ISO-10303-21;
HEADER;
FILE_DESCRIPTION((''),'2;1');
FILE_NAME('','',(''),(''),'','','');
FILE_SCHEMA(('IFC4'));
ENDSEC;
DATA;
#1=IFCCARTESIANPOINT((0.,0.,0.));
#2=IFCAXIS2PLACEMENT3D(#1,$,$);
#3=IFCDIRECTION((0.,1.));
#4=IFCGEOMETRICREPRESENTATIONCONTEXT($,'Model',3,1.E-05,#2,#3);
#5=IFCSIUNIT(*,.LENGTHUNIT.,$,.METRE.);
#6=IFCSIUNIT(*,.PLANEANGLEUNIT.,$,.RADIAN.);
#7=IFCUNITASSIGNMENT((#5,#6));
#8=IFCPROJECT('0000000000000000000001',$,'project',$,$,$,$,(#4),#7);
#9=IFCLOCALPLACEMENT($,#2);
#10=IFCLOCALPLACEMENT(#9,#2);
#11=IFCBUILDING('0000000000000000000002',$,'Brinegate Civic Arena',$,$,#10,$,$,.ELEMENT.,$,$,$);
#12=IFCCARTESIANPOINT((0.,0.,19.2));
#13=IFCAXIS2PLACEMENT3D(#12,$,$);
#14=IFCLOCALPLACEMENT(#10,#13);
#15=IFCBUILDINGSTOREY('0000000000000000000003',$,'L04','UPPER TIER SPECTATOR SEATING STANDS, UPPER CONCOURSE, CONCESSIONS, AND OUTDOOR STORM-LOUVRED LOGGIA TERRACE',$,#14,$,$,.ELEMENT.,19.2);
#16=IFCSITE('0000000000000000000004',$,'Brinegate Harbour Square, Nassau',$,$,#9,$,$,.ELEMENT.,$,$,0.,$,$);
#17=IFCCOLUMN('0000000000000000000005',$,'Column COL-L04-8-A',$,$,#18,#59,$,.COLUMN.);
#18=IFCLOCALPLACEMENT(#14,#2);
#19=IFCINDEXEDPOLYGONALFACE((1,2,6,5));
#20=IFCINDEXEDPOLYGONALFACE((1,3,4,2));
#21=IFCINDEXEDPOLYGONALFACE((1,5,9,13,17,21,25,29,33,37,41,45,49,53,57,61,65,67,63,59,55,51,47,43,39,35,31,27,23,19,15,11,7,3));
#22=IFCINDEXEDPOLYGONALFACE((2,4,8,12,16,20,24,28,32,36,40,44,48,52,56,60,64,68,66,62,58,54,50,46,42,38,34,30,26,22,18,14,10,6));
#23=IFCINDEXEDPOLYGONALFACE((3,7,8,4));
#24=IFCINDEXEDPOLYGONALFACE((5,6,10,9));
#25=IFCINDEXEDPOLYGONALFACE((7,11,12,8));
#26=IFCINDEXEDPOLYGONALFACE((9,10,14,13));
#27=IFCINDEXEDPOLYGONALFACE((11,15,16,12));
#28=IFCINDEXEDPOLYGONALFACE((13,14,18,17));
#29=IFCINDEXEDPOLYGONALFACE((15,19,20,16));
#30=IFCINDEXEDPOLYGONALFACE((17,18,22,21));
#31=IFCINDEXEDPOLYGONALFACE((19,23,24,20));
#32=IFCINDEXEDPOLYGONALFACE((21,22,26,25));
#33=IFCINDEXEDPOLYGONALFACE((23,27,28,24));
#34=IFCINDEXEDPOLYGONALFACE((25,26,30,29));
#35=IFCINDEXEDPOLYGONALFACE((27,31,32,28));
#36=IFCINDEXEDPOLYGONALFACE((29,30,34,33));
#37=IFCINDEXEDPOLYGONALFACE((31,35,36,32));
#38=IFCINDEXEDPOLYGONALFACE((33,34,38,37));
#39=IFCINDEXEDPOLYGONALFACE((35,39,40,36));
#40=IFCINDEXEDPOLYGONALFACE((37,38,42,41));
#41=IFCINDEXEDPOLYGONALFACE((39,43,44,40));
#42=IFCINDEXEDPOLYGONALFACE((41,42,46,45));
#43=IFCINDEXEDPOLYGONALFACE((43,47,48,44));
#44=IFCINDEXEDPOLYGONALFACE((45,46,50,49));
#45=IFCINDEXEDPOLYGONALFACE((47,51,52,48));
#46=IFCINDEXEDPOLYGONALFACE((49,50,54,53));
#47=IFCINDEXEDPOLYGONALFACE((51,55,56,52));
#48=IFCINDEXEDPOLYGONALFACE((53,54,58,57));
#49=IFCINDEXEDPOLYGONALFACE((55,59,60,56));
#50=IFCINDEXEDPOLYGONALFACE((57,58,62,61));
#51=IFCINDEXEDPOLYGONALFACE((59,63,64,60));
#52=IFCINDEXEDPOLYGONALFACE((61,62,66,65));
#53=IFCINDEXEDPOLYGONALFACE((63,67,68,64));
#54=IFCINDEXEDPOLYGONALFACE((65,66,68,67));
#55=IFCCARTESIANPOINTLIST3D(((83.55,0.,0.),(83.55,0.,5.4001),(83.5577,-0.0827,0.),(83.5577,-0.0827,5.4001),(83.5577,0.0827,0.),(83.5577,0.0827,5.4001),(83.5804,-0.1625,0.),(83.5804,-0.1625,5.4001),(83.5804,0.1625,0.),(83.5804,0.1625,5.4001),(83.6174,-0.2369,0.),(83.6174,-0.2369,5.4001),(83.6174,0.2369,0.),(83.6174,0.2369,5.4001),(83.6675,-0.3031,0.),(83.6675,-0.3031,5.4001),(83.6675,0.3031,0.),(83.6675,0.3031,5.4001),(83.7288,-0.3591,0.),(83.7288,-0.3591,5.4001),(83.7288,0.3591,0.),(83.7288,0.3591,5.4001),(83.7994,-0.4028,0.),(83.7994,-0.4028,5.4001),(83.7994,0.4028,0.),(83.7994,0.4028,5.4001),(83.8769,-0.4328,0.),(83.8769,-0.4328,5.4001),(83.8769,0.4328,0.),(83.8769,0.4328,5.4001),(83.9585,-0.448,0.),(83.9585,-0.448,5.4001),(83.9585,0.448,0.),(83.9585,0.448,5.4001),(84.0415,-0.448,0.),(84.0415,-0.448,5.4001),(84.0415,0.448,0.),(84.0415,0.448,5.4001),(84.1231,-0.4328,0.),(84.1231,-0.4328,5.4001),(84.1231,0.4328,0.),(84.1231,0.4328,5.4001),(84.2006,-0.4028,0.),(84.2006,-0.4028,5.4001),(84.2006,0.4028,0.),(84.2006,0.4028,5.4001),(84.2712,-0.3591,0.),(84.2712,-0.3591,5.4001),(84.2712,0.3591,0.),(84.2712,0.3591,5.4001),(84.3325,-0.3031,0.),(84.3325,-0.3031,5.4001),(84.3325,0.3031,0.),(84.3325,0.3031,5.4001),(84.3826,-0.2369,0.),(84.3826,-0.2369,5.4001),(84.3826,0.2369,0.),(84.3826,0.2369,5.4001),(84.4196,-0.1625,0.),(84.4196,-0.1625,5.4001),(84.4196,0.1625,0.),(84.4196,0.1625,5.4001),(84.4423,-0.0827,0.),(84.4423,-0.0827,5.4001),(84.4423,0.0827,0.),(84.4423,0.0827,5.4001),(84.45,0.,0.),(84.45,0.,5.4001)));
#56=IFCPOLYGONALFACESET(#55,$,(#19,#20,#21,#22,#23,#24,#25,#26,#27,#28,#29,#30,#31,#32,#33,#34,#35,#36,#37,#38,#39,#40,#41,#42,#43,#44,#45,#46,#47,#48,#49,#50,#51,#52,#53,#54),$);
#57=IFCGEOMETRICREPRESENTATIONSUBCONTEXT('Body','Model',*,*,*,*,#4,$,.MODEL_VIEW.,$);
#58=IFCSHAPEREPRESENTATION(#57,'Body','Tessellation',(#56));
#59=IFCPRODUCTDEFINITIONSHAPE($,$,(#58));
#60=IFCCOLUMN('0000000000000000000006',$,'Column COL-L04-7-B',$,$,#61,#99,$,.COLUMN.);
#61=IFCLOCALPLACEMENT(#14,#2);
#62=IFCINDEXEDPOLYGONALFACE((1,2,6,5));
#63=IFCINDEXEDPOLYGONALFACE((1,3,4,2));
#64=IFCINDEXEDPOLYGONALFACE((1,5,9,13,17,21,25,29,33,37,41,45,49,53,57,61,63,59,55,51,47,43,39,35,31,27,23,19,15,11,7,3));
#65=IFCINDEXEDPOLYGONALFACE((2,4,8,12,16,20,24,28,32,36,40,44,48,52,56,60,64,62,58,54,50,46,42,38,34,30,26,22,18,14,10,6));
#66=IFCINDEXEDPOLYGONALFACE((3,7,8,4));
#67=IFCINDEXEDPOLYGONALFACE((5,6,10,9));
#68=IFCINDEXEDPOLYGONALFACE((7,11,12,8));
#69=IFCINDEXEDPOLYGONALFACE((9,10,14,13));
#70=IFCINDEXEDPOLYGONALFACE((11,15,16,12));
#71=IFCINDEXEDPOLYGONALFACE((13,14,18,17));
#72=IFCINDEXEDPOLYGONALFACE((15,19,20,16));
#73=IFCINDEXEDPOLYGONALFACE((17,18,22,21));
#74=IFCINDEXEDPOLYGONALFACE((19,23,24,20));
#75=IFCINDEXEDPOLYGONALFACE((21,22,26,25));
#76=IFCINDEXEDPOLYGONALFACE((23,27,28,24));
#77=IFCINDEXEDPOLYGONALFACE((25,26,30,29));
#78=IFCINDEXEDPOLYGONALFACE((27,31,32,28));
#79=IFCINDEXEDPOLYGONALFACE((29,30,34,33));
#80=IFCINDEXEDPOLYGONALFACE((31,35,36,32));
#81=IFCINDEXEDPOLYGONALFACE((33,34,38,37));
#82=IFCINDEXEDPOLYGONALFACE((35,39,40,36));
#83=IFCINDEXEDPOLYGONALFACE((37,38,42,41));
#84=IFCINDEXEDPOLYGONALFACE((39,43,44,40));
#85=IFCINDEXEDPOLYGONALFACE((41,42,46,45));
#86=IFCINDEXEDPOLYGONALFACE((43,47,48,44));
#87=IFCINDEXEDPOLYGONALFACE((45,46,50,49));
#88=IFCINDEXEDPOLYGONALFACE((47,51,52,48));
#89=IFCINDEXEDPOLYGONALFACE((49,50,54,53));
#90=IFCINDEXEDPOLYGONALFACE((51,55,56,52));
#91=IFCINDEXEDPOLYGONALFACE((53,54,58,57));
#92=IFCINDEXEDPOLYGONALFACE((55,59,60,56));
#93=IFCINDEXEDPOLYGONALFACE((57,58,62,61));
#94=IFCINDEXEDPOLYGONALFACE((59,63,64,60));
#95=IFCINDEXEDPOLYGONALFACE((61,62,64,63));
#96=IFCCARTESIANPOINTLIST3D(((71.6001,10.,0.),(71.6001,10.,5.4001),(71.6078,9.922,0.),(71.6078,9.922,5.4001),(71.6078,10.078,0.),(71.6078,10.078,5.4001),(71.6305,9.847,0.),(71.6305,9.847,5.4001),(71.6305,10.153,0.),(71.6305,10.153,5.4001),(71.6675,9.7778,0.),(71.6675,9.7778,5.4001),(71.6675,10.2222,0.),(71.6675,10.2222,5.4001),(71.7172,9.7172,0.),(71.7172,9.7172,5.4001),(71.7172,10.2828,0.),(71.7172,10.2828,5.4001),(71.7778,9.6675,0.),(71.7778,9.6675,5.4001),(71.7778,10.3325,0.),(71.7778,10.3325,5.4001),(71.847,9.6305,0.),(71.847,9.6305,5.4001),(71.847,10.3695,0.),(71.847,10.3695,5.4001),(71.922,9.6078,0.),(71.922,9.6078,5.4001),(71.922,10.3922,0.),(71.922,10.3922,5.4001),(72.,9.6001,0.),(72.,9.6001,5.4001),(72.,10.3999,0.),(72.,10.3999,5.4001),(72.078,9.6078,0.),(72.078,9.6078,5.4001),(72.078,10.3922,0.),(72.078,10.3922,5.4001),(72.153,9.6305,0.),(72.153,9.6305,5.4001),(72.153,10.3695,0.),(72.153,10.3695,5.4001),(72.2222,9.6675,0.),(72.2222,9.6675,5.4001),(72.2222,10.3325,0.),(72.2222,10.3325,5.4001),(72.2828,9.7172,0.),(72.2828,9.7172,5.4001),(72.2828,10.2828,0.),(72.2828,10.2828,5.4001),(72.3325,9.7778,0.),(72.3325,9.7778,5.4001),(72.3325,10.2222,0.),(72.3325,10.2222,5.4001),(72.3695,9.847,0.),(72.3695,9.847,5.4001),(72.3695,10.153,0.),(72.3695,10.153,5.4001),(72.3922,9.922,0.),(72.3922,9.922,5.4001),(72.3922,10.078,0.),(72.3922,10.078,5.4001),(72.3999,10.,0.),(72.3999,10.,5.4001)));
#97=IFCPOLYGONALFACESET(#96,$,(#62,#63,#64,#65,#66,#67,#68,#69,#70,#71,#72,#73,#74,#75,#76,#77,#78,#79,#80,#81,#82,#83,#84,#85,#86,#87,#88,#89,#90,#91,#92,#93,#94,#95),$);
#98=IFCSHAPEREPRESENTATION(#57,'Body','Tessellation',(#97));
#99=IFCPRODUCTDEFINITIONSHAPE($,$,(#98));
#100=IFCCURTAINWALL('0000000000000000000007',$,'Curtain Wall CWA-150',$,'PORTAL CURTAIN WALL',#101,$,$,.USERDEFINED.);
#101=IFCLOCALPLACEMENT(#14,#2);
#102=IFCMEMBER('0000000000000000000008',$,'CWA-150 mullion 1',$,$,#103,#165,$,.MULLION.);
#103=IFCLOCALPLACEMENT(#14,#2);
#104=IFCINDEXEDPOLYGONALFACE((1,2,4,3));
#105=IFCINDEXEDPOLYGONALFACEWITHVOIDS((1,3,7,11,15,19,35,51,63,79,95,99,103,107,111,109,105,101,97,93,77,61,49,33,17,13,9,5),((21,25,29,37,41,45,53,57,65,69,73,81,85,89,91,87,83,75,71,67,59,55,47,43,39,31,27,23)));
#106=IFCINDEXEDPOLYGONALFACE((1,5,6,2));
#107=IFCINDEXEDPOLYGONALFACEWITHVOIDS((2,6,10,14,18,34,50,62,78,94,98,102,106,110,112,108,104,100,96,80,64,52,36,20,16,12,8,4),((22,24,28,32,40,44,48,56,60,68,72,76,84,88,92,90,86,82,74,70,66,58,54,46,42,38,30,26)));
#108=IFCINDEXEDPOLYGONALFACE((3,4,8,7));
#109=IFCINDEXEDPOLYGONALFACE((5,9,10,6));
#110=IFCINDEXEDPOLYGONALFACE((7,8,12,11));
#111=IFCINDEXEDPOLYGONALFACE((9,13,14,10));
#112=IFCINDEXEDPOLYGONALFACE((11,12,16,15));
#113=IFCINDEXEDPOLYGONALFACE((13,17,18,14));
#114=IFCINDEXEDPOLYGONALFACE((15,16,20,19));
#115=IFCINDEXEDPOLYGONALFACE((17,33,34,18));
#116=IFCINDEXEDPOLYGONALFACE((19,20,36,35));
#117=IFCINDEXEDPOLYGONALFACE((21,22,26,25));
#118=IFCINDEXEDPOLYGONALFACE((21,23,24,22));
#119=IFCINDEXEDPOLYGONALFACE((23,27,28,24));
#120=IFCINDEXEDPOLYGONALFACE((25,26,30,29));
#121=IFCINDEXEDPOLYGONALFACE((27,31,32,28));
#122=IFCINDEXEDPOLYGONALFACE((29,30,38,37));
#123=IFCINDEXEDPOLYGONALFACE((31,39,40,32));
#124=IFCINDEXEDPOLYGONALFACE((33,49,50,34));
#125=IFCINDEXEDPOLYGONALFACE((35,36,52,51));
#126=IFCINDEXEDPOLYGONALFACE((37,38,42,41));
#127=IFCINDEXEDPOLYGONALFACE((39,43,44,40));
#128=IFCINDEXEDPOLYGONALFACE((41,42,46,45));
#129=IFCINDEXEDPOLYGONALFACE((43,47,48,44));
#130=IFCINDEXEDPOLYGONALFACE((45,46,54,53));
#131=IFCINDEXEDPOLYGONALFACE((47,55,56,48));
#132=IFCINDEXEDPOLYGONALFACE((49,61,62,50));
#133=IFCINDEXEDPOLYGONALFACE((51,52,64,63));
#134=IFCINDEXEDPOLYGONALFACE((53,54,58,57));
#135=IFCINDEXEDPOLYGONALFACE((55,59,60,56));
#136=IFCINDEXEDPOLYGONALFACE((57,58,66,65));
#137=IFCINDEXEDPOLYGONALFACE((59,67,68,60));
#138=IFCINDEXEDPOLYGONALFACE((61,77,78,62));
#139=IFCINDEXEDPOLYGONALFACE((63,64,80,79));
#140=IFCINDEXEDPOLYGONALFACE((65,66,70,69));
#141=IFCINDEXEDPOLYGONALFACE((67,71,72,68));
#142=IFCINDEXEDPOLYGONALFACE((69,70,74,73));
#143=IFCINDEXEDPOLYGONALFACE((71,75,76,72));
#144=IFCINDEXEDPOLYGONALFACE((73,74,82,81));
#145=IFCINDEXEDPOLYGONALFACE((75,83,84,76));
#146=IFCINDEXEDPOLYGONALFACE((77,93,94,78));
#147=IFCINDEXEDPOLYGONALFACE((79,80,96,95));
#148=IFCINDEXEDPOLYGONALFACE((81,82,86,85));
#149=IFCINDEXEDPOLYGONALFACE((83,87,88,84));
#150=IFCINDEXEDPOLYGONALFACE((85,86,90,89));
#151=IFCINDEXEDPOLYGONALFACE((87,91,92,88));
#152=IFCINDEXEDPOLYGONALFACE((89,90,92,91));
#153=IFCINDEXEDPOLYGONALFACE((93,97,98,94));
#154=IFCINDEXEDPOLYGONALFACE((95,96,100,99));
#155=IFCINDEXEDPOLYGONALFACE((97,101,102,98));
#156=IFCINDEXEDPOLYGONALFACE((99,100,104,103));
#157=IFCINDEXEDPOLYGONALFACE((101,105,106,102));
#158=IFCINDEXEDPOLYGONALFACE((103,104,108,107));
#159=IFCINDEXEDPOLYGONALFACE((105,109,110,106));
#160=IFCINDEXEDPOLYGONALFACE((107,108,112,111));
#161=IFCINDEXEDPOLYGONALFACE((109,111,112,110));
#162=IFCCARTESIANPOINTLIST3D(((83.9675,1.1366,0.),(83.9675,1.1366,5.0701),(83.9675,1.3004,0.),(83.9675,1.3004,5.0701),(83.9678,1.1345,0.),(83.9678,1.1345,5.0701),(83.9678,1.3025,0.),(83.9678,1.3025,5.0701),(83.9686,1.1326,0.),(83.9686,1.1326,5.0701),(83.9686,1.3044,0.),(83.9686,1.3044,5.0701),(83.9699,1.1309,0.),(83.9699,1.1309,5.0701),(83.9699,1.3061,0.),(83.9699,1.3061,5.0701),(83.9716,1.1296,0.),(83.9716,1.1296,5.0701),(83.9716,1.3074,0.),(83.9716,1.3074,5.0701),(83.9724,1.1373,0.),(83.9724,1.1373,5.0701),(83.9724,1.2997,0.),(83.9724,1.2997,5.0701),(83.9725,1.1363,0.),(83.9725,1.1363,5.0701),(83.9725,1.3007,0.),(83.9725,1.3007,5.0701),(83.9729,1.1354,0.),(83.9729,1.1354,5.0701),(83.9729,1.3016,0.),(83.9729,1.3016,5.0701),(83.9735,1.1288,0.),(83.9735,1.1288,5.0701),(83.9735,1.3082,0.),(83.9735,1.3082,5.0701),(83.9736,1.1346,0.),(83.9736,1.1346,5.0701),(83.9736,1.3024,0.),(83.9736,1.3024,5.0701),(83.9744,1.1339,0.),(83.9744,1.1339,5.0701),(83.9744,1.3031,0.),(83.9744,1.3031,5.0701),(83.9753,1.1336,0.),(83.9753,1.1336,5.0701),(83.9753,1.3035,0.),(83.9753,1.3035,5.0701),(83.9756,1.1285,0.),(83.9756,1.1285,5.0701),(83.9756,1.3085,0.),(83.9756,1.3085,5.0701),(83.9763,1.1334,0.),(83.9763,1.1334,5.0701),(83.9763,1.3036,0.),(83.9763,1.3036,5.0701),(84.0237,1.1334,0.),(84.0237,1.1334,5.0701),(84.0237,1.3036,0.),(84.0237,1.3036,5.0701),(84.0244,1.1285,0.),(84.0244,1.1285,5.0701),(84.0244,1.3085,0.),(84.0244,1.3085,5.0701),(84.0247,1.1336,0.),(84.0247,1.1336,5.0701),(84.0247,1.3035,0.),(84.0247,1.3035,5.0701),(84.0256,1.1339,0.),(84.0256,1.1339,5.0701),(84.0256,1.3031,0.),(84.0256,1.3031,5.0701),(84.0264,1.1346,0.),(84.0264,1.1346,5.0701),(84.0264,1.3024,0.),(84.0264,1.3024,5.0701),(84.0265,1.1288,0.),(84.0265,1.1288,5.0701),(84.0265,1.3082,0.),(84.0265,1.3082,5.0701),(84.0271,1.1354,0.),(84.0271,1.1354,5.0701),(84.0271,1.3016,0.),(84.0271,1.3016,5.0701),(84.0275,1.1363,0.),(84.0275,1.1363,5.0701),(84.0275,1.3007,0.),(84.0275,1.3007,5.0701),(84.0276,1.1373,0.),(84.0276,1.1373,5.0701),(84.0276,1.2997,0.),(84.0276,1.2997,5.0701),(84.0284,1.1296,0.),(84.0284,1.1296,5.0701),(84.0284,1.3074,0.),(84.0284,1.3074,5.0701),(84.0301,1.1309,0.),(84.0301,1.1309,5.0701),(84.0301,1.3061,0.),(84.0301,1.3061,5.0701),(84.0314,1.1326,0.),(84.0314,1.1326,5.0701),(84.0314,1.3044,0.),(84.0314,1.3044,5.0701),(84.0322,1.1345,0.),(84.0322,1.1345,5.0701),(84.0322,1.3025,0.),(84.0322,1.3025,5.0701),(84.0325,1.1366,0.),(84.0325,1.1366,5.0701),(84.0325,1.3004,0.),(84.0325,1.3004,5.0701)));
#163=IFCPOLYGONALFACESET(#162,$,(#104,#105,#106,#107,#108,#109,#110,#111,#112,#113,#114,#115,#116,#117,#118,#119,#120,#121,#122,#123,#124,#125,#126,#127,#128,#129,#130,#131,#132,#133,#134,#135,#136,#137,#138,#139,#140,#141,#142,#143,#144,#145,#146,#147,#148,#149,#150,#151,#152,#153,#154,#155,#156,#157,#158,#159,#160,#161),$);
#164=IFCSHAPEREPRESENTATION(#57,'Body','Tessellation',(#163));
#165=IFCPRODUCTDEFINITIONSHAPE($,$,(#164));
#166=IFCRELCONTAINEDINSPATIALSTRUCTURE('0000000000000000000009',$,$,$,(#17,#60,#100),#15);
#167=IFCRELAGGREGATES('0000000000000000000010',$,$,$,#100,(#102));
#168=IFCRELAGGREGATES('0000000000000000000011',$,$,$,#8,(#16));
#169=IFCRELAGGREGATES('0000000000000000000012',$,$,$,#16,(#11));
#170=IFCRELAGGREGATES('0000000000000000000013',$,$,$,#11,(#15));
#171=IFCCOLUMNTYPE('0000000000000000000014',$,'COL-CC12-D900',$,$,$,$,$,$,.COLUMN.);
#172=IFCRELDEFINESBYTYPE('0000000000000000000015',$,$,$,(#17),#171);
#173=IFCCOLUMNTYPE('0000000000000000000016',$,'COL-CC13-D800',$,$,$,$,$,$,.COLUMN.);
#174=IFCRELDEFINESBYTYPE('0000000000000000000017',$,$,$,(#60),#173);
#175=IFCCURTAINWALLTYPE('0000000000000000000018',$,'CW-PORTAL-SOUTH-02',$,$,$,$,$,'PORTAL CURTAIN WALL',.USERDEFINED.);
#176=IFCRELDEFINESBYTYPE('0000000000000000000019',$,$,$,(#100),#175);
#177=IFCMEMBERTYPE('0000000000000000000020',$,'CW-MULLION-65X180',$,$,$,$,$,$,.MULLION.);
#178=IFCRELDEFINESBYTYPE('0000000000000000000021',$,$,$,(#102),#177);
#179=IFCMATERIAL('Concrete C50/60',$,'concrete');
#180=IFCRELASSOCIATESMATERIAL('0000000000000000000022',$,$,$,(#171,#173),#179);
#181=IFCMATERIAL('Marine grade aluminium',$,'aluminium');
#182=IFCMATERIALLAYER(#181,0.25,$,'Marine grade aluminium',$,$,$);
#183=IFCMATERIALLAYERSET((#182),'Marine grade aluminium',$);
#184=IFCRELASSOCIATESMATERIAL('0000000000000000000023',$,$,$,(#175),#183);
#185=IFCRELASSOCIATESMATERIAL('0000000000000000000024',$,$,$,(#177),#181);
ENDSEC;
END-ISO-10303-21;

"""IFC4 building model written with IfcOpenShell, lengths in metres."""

from ifc_helpers import new_model, si_unit, direction, frame, origin, origin_2d, place, context, subcontext, project, spatial, hollow_rectangle, circle, extrude, material, layer, layer_set, material_profile, profile_set, type_object, element, aggregate, save


model = new_model("IFC4")

# Units and contexts
model_context = context("Model", 3, precision=1e-05, world=origin(), true_north=direction((0.0, 1.0)))
body_context = subcontext(model_context, "Body", "Model", "MODEL_VIEW")
ifc_project = project(units=[si_unit("LENGTHUNIT", "METRE"), si_unit("PLANEANGLEUNIT", "RADIAN")], contexts=[model_context])

# Site, building, storey
site_placement = place(None, origin())
site = spatial("IfcSite", under=ifc_project, at=site_placement, Name="Brinegate Harbour Square, Nassau", CompositionType="ELEMENT", RefElevation=0.0)
building_placement = place(site_placement, origin())
building = spatial("IfcBuilding", under=site, at=building_placement, Name="Brinegate Civic Arena", CompositionType="ELEMENT")
storey_placement = place(building_placement, frame((0.0, 0.0, 19.2)))
storey = spatial("IfcBuildingStorey", under=building, at=storey_placement, Name="L04", Description="UPPER TIER SPECTATOR SEATING STANDS, UPPER CONCOURSE, CONCESSIONS, AND OUTDOOR STORM-LOUVRED LOGGIA TERRACE", CompositionType="ELEMENT", Elevation=19.2)

# Columns
ifc_material_1 = material(Name="Concrete C50/60", Category="concrete")
ifc_material_profile_1 = material_profile(ifc_material_1, circle(Radius=0.45, at=origin_2d()), Name="RCD900")
ifc_profile_set_1 = profile_set([ifc_material_profile_1], Name="Concrete C50/60")
column_type_1 = type_object("IfcColumnType", Name="COL-CC12-D900", PredefinedType="COLUMN", material=ifc_profile_set_1)
column_1_placement = place(storey_placement, frame((84.0, 0.0, 0.0), z_axis=(0.0, 0.0, 1.0), x_axis=(1.0, 0.0, 0.0)))
element("IfcColumn", 1, at=column_1_placement, inside=storey, type_object=column_type_1, Name="Column COL-L04-8-A", PredefinedType="COLUMN", context=body_context, shape_type="SweptSolid", body=[
    extrude(circle(Radius=0.45, at=origin_2d()), origin(), (0.0, 0.0, 1.0), 5.4001),
])
ifc_material_profile_2 = material_profile(ifc_material_1, circle(Radius=0.3999, at=origin_2d()), Name="RCD800")
ifc_profile_set_2 = profile_set([ifc_material_profile_2], Name="Concrete C50/60")
column_type_2 = type_object("IfcColumnType", Name="COL-CC13-D800", PredefinedType="COLUMN", material=ifc_profile_set_2)
column_2_placement = place(storey_placement, frame((72.0, 10.0, 0.0), z_axis=(0.0, 0.0, 1.0), x_axis=(1.0, 0.0, 0.0)))
element("IfcColumn", 2, at=column_2_placement, inside=storey, type_object=column_type_2, Name="Column COL-L04-7-B", PredefinedType="COLUMN", context=body_context, shape_type="SweptSolid", body=[
    extrude(circle(Radius=0.3999, at=origin_2d()), origin(), (0.0, 0.0, 1.0), 5.4001),
])

# Curtain wall, member
ifc_material_2 = material(Name="Marine grade aluminium", Category="aluminium")
ifc_layer_1 = layer(ifc_material_2, 0.25, Name="Marine grade aluminium")
ifc_layer_set_1 = layer_set([ifc_layer_1], Name="Marine grade aluminium")
curtain_wall_type = type_object("IfcCurtainWallType", Name="CW-PORTAL-SOUTH-02", ElementType="PORTAL CURTAIN WALL", PredefinedType="USERDEFINED", material=ifc_layer_set_1)
curtain_wall_placement = place(storey_placement, origin())
curtain_wall = element("IfcCurtainWall", 3, at=curtain_wall_placement, inside=storey, type_object=curtain_wall_type, Name="Curtain Wall CWA-150", ObjectType="PORTAL CURTAIN WALL", PredefinedType="USERDEFINED")
ifc_material_profile_3 = material_profile(ifc_material_2, hollow_rectangle(XDim=0.0649, YDim=0.1799, WallThickness=0.0049, InnerFilletRadius=0.0039, OuterFilletRadius=0.0081, at=origin_2d()), Name="MUL65X180")
ifc_profile_set_3 = profile_set([ifc_material_profile_3], Name="Marine grade aluminium")
member_type_1 = type_object("IfcMemberType", Name="CW-MULLION-65X180", PredefinedType="MULLION", material=ifc_profile_set_3)
member_1_placement = place(storey_placement, frame((84.0, 1.2185, 0.0), z_axis=(0.0, 0.0, 1.0), x_axis=(-1.0, 0.0, 0.0)))
member_1 = element("IfcMember", 4, at=member_1_placement, type_object=member_type_1, Name="CWA-150 mullion 1", PredefinedType="MULLION", context=body_context, shape_type="SweptSolid", body=[
    extrude(hollow_rectangle(XDim=0.0649, YDim=0.1799, WallThickness=0.0049, InnerFilletRadius=0.0039, OuterFilletRadius=0.0081, at=origin_2d()), origin(), (0.0, 0.0, 1.0), 5.0701),
])

aggregate(curtain_wall, [member_1])

save(model, "model.ifc")
